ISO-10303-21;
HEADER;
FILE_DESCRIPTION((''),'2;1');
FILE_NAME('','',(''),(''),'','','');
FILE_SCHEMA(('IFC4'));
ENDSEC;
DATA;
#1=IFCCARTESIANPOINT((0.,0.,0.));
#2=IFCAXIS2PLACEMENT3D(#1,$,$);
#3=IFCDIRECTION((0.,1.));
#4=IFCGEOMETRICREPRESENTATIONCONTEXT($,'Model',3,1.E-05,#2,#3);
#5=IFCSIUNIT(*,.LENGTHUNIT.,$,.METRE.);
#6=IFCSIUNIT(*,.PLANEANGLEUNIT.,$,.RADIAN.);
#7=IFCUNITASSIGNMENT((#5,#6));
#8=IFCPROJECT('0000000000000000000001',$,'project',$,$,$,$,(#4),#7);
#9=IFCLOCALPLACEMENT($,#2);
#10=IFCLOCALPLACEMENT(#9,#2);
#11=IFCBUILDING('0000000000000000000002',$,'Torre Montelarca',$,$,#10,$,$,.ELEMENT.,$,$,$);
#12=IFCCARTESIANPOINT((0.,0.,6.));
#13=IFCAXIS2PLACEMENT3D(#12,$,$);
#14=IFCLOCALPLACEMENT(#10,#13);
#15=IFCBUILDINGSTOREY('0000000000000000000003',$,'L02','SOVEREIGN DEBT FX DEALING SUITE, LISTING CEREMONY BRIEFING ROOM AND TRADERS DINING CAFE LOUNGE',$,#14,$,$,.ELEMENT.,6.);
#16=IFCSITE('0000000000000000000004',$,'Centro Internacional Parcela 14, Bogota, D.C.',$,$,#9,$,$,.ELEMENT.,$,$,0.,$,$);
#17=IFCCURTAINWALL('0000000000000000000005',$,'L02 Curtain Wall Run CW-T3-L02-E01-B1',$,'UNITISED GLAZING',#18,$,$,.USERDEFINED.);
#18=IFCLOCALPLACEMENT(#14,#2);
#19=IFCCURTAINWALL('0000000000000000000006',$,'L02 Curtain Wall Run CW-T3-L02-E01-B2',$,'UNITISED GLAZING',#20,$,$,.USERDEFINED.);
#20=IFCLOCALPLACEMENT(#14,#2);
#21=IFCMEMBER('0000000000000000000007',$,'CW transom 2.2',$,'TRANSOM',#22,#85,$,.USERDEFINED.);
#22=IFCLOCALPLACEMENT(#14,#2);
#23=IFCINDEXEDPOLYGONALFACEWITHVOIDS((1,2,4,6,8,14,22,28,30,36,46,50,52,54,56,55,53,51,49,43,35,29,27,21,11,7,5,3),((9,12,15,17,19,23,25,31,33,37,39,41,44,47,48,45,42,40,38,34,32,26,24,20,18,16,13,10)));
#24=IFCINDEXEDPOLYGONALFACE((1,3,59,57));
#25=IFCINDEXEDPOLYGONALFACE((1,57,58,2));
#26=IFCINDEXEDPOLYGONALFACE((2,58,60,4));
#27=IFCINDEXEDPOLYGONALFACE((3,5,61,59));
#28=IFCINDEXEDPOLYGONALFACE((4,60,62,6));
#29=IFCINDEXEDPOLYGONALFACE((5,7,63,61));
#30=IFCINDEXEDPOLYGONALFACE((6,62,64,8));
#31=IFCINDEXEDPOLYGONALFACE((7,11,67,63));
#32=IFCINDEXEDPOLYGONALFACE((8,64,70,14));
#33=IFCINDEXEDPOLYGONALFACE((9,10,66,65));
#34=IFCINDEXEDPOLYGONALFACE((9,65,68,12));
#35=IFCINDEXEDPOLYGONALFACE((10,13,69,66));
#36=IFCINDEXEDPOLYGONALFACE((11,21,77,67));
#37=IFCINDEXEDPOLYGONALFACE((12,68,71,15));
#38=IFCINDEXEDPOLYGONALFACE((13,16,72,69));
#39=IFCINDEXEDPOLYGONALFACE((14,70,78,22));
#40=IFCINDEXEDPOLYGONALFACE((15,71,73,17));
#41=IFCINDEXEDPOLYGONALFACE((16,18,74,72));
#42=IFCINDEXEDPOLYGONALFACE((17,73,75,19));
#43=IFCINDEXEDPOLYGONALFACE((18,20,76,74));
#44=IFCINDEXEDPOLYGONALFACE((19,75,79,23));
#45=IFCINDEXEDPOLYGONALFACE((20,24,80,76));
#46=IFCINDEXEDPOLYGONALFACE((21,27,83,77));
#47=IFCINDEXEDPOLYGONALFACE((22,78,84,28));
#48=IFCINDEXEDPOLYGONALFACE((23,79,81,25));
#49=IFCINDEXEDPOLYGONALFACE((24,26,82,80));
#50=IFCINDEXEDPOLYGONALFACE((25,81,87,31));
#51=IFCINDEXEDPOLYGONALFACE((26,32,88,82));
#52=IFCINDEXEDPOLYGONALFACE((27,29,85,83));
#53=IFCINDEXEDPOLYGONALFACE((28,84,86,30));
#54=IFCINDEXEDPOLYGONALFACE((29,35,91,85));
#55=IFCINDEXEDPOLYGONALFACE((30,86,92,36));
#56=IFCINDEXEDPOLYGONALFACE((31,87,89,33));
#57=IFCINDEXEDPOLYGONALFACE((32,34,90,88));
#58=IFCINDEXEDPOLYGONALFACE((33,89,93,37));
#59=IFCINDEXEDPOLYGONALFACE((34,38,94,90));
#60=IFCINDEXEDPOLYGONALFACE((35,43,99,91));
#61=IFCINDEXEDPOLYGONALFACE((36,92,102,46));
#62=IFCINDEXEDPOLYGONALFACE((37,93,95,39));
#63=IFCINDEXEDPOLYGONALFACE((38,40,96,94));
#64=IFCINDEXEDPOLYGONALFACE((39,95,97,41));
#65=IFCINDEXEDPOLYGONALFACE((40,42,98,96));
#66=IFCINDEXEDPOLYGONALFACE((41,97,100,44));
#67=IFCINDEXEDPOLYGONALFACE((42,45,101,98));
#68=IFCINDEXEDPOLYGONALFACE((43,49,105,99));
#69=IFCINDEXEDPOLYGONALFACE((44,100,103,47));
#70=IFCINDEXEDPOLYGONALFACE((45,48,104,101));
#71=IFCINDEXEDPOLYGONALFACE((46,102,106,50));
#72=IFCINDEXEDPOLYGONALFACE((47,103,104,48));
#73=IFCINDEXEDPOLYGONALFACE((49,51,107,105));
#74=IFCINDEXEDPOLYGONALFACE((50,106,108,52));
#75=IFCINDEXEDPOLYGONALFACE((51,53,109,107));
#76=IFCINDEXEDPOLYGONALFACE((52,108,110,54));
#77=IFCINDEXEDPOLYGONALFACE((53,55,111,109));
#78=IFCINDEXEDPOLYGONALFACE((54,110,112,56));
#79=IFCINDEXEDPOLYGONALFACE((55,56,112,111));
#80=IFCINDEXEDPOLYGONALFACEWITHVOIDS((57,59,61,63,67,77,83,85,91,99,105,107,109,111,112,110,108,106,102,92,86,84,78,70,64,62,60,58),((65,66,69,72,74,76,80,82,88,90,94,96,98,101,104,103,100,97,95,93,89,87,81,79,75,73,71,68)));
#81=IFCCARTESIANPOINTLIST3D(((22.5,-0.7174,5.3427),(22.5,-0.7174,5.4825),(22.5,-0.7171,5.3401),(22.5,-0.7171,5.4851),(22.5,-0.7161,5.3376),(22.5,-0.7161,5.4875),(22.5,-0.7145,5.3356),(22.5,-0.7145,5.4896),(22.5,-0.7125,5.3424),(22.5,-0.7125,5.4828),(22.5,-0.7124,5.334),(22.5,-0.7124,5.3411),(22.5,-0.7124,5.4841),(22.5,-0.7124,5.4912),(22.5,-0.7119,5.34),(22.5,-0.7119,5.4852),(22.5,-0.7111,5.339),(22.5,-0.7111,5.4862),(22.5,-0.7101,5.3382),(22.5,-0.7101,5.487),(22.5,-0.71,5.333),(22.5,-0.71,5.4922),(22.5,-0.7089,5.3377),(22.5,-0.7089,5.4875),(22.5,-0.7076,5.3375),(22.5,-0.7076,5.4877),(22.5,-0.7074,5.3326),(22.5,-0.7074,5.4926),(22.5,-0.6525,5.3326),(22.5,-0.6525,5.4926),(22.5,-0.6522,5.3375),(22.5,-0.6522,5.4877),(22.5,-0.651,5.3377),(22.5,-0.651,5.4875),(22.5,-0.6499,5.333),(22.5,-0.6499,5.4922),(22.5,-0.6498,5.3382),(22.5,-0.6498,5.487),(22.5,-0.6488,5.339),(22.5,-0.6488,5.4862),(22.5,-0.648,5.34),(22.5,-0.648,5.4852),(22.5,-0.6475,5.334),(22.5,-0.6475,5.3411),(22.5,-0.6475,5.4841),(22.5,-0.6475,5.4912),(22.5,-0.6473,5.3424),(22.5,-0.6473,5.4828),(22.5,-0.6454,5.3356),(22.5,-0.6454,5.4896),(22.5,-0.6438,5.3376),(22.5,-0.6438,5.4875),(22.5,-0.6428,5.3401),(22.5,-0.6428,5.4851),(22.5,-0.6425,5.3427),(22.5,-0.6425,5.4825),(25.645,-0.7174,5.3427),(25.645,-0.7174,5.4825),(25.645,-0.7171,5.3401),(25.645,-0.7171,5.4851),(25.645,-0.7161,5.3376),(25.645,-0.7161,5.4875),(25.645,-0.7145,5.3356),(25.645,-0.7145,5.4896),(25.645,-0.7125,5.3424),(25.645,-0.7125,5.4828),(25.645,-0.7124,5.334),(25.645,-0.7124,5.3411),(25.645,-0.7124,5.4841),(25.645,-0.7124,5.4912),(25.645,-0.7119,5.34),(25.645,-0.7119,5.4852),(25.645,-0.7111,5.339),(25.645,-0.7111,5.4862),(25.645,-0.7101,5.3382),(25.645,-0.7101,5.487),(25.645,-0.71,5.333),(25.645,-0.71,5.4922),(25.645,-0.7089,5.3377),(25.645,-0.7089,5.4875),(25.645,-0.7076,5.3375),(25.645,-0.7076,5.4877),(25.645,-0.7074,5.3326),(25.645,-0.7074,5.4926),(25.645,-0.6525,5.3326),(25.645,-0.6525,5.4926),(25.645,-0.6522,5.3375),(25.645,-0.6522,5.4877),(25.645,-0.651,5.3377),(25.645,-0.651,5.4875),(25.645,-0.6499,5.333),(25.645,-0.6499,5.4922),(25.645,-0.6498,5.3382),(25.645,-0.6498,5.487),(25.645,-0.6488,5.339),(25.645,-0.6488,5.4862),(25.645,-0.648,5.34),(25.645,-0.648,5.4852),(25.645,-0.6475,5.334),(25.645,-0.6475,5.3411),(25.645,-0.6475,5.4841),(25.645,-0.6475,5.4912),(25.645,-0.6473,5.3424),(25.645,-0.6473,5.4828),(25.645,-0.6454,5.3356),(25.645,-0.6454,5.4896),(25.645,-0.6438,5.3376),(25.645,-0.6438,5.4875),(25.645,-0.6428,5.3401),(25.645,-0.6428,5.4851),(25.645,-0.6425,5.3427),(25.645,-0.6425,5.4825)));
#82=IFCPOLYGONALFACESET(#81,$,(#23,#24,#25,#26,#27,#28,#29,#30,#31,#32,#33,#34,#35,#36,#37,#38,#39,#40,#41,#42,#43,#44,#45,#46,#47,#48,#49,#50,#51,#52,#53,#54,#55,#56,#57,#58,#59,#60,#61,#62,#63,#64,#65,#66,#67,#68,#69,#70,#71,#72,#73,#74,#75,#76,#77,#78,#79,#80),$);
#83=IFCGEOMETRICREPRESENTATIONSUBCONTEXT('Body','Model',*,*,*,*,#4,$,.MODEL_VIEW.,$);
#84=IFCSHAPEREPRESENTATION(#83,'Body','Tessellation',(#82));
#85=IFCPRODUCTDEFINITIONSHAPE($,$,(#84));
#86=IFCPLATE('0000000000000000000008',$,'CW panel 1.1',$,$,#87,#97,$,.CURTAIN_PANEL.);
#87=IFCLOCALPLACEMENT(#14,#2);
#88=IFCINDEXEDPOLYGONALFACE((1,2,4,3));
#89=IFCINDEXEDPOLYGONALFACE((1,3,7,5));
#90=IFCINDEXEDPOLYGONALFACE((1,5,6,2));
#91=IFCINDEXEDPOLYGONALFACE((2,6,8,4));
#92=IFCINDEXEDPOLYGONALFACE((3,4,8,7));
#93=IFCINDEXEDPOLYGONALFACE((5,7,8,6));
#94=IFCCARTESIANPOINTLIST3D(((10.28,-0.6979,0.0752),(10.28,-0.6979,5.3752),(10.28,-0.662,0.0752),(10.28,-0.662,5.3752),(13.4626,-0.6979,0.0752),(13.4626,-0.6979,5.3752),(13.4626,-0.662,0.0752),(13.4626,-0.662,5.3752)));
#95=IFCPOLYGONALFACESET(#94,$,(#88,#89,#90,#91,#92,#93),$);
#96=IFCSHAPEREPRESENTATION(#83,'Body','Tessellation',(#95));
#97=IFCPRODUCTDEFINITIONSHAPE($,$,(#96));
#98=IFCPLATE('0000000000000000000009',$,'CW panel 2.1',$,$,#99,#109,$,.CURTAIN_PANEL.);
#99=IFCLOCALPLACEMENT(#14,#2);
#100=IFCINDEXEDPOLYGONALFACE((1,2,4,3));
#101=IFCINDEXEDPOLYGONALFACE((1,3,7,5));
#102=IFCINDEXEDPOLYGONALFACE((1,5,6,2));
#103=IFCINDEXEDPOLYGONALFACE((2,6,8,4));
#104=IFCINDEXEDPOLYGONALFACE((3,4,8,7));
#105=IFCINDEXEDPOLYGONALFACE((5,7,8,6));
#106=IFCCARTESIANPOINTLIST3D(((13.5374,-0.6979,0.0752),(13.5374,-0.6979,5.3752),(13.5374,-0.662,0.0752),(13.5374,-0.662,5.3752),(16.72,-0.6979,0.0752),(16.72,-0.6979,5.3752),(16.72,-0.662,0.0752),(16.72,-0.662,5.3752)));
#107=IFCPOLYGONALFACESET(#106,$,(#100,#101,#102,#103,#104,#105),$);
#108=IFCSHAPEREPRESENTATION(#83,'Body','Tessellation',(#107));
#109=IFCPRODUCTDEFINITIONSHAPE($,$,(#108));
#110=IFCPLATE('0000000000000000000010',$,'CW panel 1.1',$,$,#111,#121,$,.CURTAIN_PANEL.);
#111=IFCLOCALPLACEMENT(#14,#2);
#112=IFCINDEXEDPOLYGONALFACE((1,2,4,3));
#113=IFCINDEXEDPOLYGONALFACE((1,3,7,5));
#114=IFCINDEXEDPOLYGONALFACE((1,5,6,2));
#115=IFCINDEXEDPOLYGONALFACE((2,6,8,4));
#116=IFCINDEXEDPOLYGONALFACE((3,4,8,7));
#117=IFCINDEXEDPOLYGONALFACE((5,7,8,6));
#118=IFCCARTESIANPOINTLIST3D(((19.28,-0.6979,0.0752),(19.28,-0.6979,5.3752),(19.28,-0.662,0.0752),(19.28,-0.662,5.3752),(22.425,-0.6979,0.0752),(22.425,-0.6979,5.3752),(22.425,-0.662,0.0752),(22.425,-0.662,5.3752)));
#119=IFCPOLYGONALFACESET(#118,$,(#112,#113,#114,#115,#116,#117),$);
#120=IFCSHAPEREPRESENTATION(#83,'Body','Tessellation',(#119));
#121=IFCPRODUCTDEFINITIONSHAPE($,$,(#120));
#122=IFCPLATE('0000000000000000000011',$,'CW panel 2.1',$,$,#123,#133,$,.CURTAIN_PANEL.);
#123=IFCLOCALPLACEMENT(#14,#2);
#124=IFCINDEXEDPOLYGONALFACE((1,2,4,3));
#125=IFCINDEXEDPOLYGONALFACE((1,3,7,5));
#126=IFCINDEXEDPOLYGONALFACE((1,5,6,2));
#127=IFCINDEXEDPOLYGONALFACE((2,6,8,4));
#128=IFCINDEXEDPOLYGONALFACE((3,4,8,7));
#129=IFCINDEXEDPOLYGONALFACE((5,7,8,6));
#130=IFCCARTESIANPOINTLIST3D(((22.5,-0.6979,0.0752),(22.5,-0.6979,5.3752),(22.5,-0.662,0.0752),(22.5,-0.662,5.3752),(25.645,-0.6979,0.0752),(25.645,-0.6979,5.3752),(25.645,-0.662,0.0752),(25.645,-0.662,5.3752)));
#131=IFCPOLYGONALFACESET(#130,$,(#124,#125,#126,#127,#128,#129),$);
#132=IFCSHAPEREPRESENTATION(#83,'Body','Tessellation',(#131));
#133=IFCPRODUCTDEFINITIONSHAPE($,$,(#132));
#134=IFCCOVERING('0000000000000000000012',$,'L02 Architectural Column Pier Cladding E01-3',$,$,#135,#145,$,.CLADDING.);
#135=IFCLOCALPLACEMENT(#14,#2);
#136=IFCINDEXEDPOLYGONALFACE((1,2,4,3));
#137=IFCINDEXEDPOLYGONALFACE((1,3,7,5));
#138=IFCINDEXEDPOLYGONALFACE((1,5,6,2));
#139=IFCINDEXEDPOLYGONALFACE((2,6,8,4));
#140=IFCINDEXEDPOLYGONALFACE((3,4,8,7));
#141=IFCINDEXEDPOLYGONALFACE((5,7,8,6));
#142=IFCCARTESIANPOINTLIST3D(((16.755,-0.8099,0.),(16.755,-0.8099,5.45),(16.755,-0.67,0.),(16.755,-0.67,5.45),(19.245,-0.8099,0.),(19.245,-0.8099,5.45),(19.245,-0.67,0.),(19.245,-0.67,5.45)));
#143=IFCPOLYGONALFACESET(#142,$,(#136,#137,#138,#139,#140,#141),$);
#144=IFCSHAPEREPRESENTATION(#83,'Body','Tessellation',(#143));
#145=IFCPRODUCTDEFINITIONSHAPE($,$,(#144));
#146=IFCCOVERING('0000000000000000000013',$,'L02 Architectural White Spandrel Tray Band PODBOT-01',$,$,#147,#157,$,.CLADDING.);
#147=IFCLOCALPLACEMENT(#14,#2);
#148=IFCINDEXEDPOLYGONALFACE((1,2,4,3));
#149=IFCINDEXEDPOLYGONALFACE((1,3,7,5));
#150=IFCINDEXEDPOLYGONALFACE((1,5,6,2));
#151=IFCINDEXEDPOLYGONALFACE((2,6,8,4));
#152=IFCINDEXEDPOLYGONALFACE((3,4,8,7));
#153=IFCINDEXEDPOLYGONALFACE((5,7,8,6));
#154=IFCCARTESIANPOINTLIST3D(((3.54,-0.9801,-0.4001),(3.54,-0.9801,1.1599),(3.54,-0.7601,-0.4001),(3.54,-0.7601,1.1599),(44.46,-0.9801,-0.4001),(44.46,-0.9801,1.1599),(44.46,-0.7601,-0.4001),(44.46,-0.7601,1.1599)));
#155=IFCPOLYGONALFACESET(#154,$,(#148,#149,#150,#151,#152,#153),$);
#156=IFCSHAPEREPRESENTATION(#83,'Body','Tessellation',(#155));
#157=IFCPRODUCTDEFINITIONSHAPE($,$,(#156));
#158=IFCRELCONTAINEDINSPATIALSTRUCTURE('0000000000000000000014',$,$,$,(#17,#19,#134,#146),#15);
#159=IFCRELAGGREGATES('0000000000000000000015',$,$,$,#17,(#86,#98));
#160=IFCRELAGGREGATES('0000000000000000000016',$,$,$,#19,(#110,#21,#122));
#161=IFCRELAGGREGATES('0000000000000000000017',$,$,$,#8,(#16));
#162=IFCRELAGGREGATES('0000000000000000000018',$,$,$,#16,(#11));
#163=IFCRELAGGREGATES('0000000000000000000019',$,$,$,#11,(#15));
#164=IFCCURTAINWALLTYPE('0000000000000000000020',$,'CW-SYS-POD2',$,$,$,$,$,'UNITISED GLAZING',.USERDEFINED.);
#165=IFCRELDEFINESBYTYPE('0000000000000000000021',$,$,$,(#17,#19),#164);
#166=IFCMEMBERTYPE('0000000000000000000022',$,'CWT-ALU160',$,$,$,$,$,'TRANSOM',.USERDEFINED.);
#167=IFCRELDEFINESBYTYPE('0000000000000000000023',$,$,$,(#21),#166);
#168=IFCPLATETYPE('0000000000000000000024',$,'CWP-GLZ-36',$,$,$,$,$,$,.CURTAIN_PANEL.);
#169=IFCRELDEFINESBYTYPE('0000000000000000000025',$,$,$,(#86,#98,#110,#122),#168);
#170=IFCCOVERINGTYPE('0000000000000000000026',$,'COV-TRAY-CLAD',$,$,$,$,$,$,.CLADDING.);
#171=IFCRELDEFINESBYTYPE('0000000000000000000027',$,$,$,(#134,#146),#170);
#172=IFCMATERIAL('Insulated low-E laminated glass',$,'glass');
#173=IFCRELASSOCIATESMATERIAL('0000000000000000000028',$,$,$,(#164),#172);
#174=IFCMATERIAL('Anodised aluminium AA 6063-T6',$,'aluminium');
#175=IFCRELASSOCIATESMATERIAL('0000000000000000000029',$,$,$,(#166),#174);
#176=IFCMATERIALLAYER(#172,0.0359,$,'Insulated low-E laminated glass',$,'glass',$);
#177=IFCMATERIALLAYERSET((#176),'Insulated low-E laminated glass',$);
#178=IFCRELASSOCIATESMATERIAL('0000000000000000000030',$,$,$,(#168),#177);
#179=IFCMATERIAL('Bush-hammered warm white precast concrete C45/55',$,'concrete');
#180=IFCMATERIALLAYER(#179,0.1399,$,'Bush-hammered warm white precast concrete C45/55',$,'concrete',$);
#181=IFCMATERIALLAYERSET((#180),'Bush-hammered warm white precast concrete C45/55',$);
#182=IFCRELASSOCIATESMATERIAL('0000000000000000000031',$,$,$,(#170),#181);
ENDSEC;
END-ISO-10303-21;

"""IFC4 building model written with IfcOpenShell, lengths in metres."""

from ifc_helpers import new_model, si_unit, direction, frame, origin, origin_2d, place, context, subcontext, project, spatial, rectangle, hollow_rectangle, extrude, source, transform, mapped, material, layer, layer_set, material_profile, profile_set, type_object, element, aggregate, save


model = new_model("IFC4")

# Units and contexts
model_context = context("Model", 3, precision=1e-05, world=origin(), true_north=direction((0.0, 1.0)))
body_context = subcontext(model_context, "Body", "Model", "MODEL_VIEW")
ifc_project = project(units=[si_unit("LENGTHUNIT", "METRE"), si_unit("PLANEANGLEUNIT", "RADIAN")], contexts=[model_context])

# Site, building, storey
site_placement = place(None, origin())
site = spatial("IfcSite", under=ifc_project, at=site_placement, Name="Centro Internacional Parcela 14, Bogota, D.C.", CompositionType="ELEMENT", RefElevation=0.0)
building_placement = place(site_placement, origin())
building = spatial("IfcBuilding", under=site, at=building_placement, Name="Torre Montelarca", CompositionType="ELEMENT")
storey_placement = place(building_placement, frame((0.0, 0.0, 6.0)))
storey = spatial("IfcBuildingStorey", under=building, at=storey_placement, Name="L02", Description="SOVEREIGN DEBT FX DEALING SUITE, LISTING CEREMONY BRIEFING ROOM AND TRADERS DINING CAFE LOUNGE", CompositionType="ELEMENT", Elevation=6.0)

# Curtain walls
ifc_material_1 = material(Name="Insulated low-E laminated glass", Category="glass")
curtain_wall_type = type_object("IfcCurtainWallType", Name="CW-SYS-POD2", ElementType="UNITISED GLAZING", PredefinedType="USERDEFINED", material=ifc_material_1)
curtain_wall_1_placement = place(storey_placement, origin())
curtain_wall_1 = element("IfcCurtainWall", 1, at=curtain_wall_1_placement, inside=storey, type_object=curtain_wall_type, Name="L02 Curtain Wall Run CW-T3-L02-E01-B1", ObjectType="UNITISED GLAZING", PredefinedType="USERDEFINED")
ifc_material_2 = material(Name="Anodised aluminium AA 6063-T6", Category="aluminium")
curtain_wall_2_placement = place(storey_placement, origin())
curtain_wall_2 = element("IfcCurtainWall", 2, at=curtain_wall_2_placement, inside=storey, type_object=curtain_wall_type, Name="L02 Curtain Wall Run CW-T3-L02-E01-B2", ObjectType="UNITISED GLAZING", PredefinedType="USERDEFINED")

# Member
ifc_material_profile_1 = material_profile(ifc_material_2, hollow_rectangle(XDim=0.075, YDim=0.1599, WallThickness=0.0049, InnerFilletRadius=0.0049, OuterFilletRadius=0.01, at=origin_2d()), Name="ALU75X160X5", Category="aluminium")
ifc_profile_set_1 = profile_set([ifc_material_profile_1], Name="Anodised aluminium AA 6063-T6")
member_type_1 = type_object("IfcMemberType", Name="CWT-ALU160", ElementType="TRANSOM", PredefinedType="USERDEFINED", material=ifc_profile_set_1)
shared_shape_1 = source(origin(), body_context, "Body", "SweptSolid", [
    extrude(hollow_rectangle(XDim=0.075, YDim=0.1599, WallThickness=0.0049, InnerFilletRadius=0.0049, OuterFilletRadius=0.01, at=origin_2d()), origin(), (0.0, 0.0, 1.0), 3.145),
])
member_1_placement = place(storey_placement, frame((22.5, -0.6799, 5.4126), z_axis=(1.0, 0.0, 0.0), x_axis=(0.0, 1.0, 0.0)))
member_1 = element("IfcMember", 3, at=member_1_placement, type_object=member_type_1, Name="CW transom 2.2", ObjectType="TRANSOM", PredefinedType="USERDEFINED", context=body_context, shape_type="MappedRepresentation", body=[
    mapped(shared_shape_1, transform((0.0, 0.0, 0.0), scale=1.0)),
])

# Plates
ifc_layer_1 = layer(ifc_material_1, 0.0359, Name="Insulated low-E laminated glass", Category="glass")
ifc_layer_set_1 = layer_set([ifc_layer_1], Name="Insulated low-E laminated glass")
plate_type = type_object("IfcPlateType", Name="CWP-GLZ-36", PredefinedType="CURTAIN_PANEL", material=ifc_layer_set_1)
shared_shape_2 = source(origin(), body_context, "Body", "SweptSolid", [
    extrude(rectangle(XDim=3.1826, YDim=0.0359, at=origin_2d()), origin(), (0.0, 0.0, 1.0), 5.3),
])
plate_1_placement = place(storey_placement, frame((11.8713, -0.6799, 0.0752), z_axis=(0.0, 0.0, 1.0), x_axis=(1.0, 0.0, 0.0)))
plate_1 = element("IfcPlate", 4, at=plate_1_placement, type_object=plate_type, Name="CW panel 1.1", PredefinedType="CURTAIN_PANEL", context=body_context, shape_type="MappedRepresentation", body=[
    mapped(shared_shape_2, transform((0.0, 0.0, 0.0), scale=1.0)),
])
plate_2_placement = place(storey_placement, frame((15.1287, -0.6799, 0.0752), z_axis=(0.0, 0.0, 1.0), x_axis=(1.0, 0.0, 0.0)))
plate_2 = element("IfcPlate", 5, at=plate_2_placement, type_object=plate_type, Name="CW panel 2.1", PredefinedType="CURTAIN_PANEL", context=body_context, shape_type="MappedRepresentation", body=[
    mapped(shared_shape_2, transform((0.0, 0.0, 0.0), scale=1.0)),
])
aggregate(curtain_wall_1, [plate_1, plate_2])
shared_shape_3 = source(origin(), body_context, "Body", "SweptSolid", [
    extrude(rectangle(XDim=3.145, YDim=0.0359, at=origin_2d()), origin(), (0.0, 0.0, 1.0), 5.3),
])
plate_3_placement = place(storey_placement, frame((20.8525, -0.6799, 0.0752), z_axis=(0.0, 0.0, 1.0), x_axis=(1.0, 0.0, 0.0)))
plate_3 = element("IfcPlate", 6, at=plate_3_placement, type_object=plate_type, Name="CW panel 1.1", PredefinedType="CURTAIN_PANEL", context=body_context, shape_type="MappedRepresentation", body=[
    mapped(shared_shape_3, transform((0.0, 0.0, 0.0), scale=1.0)),
])
plate_4_placement = place(storey_placement, frame((24.0725, -0.6799, 0.0752), z_axis=(0.0, 0.0, 1.0), x_axis=(1.0, 0.0, 0.0)))
plate_4 = element("IfcPlate", 7, at=plate_4_placement, type_object=plate_type, Name="CW panel 2.1", PredefinedType="CURTAIN_PANEL", context=body_context, shape_type="MappedRepresentation", body=[
    mapped(shared_shape_3, transform((0.0, 0.0, 0.0), scale=1.0)),
])
aggregate(curtain_wall_2, [plate_3, member_1, plate_4])

# Coverings
ifc_material_3 = material(Name="Bush-hammered warm white precast concrete C45/55", Category="concrete")
ifc_layer_2 = layer(ifc_material_3, 0.1399, Name="Bush-hammered warm white precast concrete C45/55", Category="concrete")
ifc_layer_set_2 = layer_set([ifc_layer_2], Name="Bush-hammered warm white precast concrete C45/55")
covering_type = type_object("IfcCoveringType", Name="COV-TRAY-CLAD", PredefinedType="CLADDING", material=ifc_layer_set_2)
shared_shape_4 = source(origin(), body_context, "Body", "SweptSolid", [
    extrude(rectangle(XDim=2.49, YDim=0.1399, at=origin_2d()), origin(), (0.0, 0.0, 1.0), 5.45),
])
covering_1_placement = place(storey_placement, frame((18.0, -0.74, 0.0), z_axis=(0.0, 0.0, 1.0), x_axis=(1.0, 0.0, 0.0)))
element("IfcCovering", 8, at=covering_1_placement, inside=storey, type_object=covering_type, Name="L02 Architectural Column Pier Cladding E01-3", PredefinedType="CLADDING", context=body_context, shape_type="MappedRepresentation", body=[
    mapped(shared_shape_4, transform((0.0, 0.0, 0.0), scale=1.0)),
])
shared_shape_5 = source(origin(), body_context, "Body", "SweptSolid", [
    extrude(rectangle(XDim=40.9199, YDim=0.22, at=origin_2d()), origin(), (0.0, 0.0, 1.0), 1.5601),
])
covering_2_placement = place(storey_placement, frame((24.0, -0.8701, -0.4001), z_axis=(0.0, 0.0, 1.0), x_axis=(1.0, 0.0, 0.0)))
element("IfcCovering", 9, at=covering_2_placement, inside=storey, type_object=covering_type, Name="L02 Architectural White Spandrel Tray Band PODBOT-01", PredefinedType="CLADDING", context=body_context, shape_type="MappedRepresentation", body=[
    mapped(shared_shape_5, transform((0.0, 0.0, 0.0), scale=1.0)),
])

save(model, "model.ifc")
